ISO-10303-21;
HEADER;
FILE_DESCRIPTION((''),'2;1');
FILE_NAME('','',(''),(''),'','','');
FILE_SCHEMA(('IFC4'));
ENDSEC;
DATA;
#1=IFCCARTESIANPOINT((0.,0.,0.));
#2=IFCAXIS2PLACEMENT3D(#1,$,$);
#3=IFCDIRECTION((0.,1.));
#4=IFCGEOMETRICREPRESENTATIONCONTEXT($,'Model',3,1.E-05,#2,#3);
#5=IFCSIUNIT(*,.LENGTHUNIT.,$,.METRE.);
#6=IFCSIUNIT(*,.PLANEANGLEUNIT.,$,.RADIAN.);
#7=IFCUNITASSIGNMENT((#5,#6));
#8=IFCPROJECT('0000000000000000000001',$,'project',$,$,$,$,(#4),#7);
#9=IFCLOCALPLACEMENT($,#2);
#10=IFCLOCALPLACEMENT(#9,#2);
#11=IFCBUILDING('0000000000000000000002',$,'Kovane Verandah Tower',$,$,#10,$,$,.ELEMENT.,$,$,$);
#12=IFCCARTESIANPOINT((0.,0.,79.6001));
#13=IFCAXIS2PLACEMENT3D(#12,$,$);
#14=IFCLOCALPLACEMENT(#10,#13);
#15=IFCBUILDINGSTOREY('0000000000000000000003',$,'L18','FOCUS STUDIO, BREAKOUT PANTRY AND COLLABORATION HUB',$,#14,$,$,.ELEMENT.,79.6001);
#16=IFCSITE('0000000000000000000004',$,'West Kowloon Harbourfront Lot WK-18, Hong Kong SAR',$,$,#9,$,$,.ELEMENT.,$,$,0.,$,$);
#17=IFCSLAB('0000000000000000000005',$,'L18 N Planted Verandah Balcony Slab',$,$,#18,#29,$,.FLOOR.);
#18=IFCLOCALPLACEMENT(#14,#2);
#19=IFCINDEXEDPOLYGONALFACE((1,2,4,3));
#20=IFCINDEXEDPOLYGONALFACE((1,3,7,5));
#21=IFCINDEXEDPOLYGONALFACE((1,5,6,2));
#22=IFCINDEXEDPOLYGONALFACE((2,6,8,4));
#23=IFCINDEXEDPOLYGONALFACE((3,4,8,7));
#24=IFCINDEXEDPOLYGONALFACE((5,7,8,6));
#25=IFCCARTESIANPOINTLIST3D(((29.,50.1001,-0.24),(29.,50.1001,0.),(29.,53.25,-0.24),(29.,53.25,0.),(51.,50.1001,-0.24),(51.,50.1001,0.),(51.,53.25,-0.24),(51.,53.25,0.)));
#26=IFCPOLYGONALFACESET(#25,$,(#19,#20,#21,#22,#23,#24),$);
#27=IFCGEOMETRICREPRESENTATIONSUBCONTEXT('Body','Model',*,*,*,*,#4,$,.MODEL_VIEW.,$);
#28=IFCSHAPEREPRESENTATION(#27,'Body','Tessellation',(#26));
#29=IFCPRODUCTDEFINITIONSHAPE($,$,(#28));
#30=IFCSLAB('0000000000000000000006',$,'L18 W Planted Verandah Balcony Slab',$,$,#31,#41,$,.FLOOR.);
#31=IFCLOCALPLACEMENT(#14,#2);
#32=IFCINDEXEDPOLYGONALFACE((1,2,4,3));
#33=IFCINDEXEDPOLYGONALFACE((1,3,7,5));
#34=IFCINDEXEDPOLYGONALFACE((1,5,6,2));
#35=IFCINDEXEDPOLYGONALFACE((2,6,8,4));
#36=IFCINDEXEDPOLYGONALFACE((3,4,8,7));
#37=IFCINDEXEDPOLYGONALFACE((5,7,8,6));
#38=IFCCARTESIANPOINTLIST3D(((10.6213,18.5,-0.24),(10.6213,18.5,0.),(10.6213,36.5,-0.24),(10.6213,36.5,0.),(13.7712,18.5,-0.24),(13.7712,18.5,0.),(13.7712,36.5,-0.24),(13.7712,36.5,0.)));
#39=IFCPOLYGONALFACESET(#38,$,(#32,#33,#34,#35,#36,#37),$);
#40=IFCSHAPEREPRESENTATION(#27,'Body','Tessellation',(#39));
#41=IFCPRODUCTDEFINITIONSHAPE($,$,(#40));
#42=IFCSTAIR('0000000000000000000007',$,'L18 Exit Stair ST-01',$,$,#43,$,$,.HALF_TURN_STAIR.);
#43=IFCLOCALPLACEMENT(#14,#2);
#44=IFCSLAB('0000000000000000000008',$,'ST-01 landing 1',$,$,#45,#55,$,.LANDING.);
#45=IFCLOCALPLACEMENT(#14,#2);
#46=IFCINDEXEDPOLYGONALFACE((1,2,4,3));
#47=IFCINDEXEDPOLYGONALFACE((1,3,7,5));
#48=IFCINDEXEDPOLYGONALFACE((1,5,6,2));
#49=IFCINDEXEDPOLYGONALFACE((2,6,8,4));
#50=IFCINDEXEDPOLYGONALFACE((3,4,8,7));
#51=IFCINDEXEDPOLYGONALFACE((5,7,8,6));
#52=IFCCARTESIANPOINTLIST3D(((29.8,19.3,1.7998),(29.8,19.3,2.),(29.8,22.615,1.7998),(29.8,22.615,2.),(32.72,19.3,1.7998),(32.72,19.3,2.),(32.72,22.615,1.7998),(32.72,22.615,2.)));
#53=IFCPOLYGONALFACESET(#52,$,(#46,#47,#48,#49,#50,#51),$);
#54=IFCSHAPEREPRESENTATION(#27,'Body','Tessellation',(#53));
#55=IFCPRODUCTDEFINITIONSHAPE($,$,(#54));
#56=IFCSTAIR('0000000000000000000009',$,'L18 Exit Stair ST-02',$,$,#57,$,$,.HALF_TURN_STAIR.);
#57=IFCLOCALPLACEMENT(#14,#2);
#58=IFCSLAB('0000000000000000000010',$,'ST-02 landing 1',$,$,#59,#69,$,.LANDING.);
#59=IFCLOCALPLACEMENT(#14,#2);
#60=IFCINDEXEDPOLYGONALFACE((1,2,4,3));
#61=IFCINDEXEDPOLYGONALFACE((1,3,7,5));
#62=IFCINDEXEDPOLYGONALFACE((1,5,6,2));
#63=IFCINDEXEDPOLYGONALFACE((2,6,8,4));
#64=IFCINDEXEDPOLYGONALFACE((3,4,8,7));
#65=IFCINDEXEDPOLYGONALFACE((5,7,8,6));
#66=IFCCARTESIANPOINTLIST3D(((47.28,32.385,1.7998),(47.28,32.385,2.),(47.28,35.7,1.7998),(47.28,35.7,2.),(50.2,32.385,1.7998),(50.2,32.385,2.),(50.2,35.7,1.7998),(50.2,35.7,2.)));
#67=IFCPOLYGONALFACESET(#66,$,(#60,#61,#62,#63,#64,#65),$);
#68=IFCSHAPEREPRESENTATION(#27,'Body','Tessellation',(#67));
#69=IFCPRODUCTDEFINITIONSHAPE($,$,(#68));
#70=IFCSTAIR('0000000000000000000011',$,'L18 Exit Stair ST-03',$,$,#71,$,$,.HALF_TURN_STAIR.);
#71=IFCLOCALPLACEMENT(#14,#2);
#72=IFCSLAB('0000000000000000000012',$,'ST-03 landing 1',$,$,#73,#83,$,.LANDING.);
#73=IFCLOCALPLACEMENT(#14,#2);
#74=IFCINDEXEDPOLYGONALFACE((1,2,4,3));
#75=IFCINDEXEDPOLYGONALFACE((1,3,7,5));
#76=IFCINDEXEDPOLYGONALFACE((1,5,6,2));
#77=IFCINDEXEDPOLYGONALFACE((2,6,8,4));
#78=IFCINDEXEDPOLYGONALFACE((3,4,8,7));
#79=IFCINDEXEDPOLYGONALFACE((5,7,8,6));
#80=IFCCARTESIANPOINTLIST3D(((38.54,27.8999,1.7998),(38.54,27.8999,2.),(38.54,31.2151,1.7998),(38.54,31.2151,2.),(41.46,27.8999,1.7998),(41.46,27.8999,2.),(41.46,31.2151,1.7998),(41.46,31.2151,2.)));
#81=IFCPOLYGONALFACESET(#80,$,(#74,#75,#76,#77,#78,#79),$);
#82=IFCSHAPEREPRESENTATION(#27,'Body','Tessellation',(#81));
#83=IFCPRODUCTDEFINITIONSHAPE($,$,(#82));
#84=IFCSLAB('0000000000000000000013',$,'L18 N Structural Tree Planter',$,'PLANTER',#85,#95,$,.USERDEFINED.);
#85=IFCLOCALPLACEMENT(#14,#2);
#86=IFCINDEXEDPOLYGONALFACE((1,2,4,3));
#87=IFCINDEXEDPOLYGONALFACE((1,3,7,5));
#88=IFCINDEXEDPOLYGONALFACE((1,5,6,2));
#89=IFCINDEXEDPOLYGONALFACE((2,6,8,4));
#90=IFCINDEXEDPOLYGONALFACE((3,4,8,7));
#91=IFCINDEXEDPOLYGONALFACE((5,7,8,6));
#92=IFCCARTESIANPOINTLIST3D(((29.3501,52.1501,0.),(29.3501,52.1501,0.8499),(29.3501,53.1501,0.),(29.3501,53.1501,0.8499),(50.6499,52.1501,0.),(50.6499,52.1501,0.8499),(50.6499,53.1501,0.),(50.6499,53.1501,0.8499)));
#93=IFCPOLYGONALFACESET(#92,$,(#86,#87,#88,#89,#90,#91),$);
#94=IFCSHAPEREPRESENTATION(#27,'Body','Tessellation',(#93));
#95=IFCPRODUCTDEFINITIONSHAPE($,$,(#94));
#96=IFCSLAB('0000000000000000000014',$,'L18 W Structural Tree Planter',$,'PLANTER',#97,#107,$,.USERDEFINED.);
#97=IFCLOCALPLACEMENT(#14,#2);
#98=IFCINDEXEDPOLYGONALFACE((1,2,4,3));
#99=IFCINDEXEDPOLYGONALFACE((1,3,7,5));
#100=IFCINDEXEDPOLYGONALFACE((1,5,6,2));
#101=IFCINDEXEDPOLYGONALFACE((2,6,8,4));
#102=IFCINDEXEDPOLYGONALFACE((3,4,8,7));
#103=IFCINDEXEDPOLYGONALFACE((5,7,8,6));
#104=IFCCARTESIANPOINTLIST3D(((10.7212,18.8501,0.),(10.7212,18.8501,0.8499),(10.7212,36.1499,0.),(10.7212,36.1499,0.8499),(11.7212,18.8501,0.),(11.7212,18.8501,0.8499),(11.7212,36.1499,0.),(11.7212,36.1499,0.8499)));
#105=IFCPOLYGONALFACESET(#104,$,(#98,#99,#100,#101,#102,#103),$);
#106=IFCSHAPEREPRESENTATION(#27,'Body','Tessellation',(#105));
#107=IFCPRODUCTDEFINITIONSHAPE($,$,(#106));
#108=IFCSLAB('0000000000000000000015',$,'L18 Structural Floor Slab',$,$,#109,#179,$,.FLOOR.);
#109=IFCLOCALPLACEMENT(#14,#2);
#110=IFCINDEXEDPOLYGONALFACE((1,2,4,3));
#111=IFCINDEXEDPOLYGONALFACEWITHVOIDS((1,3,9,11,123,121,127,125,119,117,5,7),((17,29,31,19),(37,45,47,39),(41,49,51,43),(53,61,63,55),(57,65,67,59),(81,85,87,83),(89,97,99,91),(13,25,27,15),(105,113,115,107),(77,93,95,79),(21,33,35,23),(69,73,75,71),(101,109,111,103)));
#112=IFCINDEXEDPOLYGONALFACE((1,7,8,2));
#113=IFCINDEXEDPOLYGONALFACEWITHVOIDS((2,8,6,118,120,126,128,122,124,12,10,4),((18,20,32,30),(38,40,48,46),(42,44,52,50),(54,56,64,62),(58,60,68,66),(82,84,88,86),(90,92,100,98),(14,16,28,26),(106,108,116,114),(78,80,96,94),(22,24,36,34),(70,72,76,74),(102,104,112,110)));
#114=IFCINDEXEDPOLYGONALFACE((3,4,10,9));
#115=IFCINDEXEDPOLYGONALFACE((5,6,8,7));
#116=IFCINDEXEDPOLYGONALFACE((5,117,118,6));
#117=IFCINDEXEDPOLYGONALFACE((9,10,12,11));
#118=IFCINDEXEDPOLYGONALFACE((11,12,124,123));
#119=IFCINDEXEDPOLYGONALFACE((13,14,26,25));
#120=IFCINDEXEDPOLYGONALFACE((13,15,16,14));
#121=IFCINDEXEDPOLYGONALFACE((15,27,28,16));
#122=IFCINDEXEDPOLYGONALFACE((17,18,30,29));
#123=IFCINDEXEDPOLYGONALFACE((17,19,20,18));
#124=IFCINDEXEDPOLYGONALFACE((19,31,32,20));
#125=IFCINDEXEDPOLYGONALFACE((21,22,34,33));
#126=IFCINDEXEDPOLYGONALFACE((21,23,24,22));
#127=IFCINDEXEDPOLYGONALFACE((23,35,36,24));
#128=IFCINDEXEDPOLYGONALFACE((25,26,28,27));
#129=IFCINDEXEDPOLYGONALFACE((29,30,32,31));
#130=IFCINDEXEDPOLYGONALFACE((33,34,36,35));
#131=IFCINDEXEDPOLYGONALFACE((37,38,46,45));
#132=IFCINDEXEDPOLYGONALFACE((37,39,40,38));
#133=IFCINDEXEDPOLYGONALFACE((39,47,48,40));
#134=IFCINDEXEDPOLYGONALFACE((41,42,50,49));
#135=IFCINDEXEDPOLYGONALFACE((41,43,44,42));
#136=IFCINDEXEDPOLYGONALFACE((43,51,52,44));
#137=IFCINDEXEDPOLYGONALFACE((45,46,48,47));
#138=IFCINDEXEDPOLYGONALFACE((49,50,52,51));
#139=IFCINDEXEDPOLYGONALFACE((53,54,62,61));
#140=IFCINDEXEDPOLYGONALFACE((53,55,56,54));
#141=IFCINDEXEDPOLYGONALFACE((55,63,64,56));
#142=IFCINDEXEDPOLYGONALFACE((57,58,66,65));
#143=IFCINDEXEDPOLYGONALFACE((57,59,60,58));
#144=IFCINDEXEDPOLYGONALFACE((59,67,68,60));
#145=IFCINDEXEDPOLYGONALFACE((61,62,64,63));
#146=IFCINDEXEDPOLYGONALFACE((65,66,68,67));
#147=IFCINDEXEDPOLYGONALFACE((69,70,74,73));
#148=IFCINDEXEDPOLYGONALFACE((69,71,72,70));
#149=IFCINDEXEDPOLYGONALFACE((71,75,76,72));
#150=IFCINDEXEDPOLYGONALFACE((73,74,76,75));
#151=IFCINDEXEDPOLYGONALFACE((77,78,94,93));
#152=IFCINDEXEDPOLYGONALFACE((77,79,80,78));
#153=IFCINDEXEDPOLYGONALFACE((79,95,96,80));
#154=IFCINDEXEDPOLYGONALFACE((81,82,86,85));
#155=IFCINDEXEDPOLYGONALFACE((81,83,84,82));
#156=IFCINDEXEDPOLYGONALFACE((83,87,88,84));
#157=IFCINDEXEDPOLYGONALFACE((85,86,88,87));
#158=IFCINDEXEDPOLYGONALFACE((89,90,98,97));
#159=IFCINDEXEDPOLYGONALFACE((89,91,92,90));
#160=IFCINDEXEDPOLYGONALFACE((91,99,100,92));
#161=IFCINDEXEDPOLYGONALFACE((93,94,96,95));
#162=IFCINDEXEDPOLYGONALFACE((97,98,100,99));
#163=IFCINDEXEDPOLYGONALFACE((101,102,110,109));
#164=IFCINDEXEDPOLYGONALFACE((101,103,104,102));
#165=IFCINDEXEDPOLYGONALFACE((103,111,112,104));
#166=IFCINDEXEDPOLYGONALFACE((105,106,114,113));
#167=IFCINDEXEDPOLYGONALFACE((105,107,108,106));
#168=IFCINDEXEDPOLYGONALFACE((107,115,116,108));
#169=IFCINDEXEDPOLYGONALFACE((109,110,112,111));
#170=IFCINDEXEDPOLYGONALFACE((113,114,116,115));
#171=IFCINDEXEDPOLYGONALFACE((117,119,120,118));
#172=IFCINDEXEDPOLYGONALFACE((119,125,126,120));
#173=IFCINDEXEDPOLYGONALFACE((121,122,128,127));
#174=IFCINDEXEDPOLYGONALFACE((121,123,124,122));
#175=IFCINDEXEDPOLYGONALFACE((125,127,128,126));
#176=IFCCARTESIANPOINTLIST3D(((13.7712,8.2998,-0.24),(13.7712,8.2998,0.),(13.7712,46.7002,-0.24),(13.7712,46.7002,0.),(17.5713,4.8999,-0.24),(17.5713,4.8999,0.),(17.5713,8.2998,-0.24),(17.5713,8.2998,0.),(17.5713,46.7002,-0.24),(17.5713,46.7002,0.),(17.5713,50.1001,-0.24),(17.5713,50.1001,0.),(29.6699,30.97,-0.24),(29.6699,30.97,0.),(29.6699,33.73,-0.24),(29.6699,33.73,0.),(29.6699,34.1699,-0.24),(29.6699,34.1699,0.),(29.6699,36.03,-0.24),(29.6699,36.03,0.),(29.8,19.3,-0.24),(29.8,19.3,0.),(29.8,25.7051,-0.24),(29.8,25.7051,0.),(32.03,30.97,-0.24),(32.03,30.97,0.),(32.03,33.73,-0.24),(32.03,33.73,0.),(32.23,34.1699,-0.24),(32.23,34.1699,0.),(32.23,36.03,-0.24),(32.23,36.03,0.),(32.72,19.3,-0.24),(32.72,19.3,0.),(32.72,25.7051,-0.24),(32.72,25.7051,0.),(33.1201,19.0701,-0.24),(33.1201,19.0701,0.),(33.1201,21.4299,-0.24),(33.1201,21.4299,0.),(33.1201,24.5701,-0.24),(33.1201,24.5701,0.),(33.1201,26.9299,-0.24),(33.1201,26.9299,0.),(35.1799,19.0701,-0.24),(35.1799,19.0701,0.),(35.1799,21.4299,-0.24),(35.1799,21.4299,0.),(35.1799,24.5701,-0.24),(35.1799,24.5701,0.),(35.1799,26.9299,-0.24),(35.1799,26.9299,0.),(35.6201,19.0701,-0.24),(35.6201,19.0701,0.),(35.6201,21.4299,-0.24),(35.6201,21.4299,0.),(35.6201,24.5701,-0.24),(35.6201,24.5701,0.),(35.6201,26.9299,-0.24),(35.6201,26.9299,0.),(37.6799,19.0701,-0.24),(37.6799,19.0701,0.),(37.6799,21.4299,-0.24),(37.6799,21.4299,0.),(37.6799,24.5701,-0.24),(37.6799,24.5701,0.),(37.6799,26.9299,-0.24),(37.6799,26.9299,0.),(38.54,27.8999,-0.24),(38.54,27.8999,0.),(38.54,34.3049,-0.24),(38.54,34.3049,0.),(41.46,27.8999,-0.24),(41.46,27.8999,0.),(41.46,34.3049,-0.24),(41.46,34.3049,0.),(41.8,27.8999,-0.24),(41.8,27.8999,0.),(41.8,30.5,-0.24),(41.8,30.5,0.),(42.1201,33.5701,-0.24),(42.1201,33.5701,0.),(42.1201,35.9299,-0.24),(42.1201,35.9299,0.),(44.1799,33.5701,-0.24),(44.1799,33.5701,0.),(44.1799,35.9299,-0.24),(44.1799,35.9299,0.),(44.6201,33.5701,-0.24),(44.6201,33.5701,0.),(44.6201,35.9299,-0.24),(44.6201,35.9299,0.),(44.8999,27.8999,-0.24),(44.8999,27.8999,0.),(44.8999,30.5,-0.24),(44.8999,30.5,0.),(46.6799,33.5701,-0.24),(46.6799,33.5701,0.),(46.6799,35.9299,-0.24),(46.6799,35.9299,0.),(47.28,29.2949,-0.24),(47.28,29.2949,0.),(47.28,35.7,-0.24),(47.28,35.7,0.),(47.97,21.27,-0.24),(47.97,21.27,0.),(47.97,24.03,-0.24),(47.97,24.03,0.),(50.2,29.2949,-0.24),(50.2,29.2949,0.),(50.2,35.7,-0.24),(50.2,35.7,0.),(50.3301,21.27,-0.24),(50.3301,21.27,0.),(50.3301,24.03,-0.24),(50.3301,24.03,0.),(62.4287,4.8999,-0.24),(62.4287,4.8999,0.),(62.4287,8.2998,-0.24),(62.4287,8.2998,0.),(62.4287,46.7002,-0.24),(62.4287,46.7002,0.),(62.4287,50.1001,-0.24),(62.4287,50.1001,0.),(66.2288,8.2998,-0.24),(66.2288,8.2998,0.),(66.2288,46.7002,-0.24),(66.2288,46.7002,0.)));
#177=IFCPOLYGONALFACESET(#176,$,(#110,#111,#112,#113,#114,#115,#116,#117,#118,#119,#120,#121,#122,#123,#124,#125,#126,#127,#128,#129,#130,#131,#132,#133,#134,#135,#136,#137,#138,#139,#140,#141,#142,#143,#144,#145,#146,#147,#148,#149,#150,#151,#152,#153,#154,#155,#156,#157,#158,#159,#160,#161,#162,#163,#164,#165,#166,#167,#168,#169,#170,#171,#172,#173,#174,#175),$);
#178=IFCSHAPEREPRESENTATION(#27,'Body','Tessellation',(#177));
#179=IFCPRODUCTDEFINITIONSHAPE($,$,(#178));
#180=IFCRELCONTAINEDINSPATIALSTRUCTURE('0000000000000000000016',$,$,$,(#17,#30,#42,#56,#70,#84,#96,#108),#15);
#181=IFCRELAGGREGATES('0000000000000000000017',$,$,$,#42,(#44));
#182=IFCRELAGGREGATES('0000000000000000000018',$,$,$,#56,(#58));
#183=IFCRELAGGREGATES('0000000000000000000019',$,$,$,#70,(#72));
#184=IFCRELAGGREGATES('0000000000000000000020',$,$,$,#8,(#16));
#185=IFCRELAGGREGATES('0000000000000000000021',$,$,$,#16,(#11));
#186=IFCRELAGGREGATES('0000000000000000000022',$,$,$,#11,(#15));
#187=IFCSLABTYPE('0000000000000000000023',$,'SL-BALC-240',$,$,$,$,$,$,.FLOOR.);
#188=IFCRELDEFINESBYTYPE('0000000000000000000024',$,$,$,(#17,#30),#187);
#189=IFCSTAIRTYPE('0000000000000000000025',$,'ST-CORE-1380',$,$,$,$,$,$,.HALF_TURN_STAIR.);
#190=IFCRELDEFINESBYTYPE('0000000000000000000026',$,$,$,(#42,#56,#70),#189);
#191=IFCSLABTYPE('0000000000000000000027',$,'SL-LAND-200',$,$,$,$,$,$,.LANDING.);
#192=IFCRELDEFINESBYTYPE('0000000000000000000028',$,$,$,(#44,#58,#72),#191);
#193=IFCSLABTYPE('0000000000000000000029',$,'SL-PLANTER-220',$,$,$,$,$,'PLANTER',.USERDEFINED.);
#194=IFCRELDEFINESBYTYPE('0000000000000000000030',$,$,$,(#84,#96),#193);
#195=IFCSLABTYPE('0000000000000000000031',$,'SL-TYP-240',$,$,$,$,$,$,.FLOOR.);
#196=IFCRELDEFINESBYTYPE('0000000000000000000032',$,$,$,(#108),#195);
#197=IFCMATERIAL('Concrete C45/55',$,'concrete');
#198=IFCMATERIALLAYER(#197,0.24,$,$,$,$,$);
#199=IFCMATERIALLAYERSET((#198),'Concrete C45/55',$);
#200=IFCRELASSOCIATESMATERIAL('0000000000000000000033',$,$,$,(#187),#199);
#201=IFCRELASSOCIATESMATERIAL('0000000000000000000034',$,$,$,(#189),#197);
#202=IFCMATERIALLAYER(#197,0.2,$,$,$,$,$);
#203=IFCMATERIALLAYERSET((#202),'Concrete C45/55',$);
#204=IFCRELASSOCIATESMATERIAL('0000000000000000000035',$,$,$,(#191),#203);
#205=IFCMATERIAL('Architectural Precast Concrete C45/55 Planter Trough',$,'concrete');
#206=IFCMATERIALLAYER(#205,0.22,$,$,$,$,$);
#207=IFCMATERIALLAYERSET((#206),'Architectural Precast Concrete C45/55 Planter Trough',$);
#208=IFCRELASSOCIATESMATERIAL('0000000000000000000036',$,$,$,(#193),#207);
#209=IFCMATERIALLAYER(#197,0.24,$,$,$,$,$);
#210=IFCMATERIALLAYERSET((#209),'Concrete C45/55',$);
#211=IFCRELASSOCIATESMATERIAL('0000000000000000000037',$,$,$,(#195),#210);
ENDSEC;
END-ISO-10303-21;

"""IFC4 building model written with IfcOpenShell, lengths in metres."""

from ifc_helpers import new_model, si_unit, direction, frame, origin, place, context, subcontext, project, spatial, polyline, outline, extrude, material, layer, layer_set, type_object, element, aggregate, save


model = new_model("IFC4")

# Units and contexts
model_context = context("Model", 3, precision=1e-05, world=origin(), true_north=direction((0.0, 1.0)))
body_context = subcontext(model_context, "Body", "Model", "MODEL_VIEW")
ifc_project = project(units=[si_unit("LENGTHUNIT", "METRE"), si_unit("PLANEANGLEUNIT", "RADIAN")], contexts=[model_context])

# Site, building, storey
site_placement = place(None, origin())
site = spatial("IfcSite", under=ifc_project, at=site_placement, Name="West Kowloon Harbourfront Lot WK-18, Hong Kong SAR", CompositionType="ELEMENT", RefElevation=0.0)
building_placement = place(site_placement, origin())
building = spatial("IfcBuilding", under=site, at=building_placement, Name="Kovane Verandah Tower", CompositionType="ELEMENT")
storey_placement = place(building_placement, frame((0.0, 0.0, 79.6001)))
storey = spatial("IfcBuildingStorey", under=building, at=storey_placement, Name="L18", Description="FOCUS STUDIO, BREAKOUT PANTRY AND COLLABORATION HUB", CompositionType="ELEMENT", Elevation=79.6001)

# Slabs
ifc_material_1 = material(Name="Concrete C45/55", Category="concrete")
ifc_layer_1 = layer(ifc_material_1, 0.24)
ifc_layer_set_1 = layer_set([ifc_layer_1], Name="Concrete C45/55")
slab_type_1 = type_object("IfcSlabType", Name="SL-BALC-240", PredefinedType="FLOOR", material=ifc_layer_set_1)
slab_1_placement = place(storey_placement, frame((0.0, 0.0, -0.24)))
element("IfcSlab", 1, at=slab_1_placement, inside=storey, type_object=slab_type_1, Name="L18 N Planted Verandah Balcony Slab", PredefinedType="FLOOR", context=body_context, shape_type="SweptSolid", body=[
    extrude(outline(polyline([(29.0, 50.1001), (51.0, 50.1001), (51.0, 53.25), (29.0, 53.25), (29.0, 50.1001)])), origin(), (0.0, 0.0, 1.0), 0.24),
])
slab_2_placement = place(storey_placement, frame((0.0, 0.0, -0.24)))
element("IfcSlab", 2, at=slab_2_placement, inside=storey, type_object=slab_type_1, Name="L18 W Planted Verandah Balcony Slab", PredefinedType="FLOOR", context=body_context, shape_type="SweptSolid", body=[
    extrude(outline(polyline([(10.6213, 18.5), (13.7712, 18.5), (13.7712, 36.5), (10.6213, 36.5), (10.6213, 18.5)])), origin(), (0.0, 0.0, 1.0), 0.24),
])

# Stairs, slabs
stair_type = type_object("IfcStairType", Name="ST-CORE-1380", PredefinedType="HALF_TURN_STAIR", material=ifc_material_1)
stair_1_placement = place(storey_placement, origin())
stair_1 = element("IfcStair", 3, at=stair_1_placement, inside=storey, type_object=stair_type, Name="L18 Exit Stair ST-01", PredefinedType="HALF_TURN_STAIR")
ifc_layer_2 = layer(ifc_material_1, 0.2)
ifc_layer_set_2 = layer_set([ifc_layer_2], Name="Concrete C45/55")
slab_type_2 = type_object("IfcSlabType", Name="SL-LAND-200", PredefinedType="LANDING", material=ifc_layer_set_2)
slab_3_placement = place(storey_placement, frame((0.0, 0.0, 1.7998)))
slab_3 = element("IfcSlab", 4, at=slab_3_placement, type_object=slab_type_2, Name="ST-01 landing 1", PredefinedType="LANDING", context=body_context, shape_type="SweptSolid", body=[
    extrude(outline(polyline([(29.8, 22.615), (29.8, 19.3), (32.72, 19.3), (32.72, 22.615), (29.8, 22.615)])), origin(), (0.0, 0.0, 1.0), 0.2002),
])
aggregate(stair_1, [slab_3])
stair_2_placement = place(storey_placement, origin())
stair_2 = element("IfcStair", 5, at=stair_2_placement, inside=storey, type_object=stair_type, Name="L18 Exit Stair ST-02", PredefinedType="HALF_TURN_STAIR")
slab_4_placement = place(storey_placement, frame((0.0, 0.0, 1.7998)))
slab_4 = element("IfcSlab", 6, at=slab_4_placement, type_object=slab_type_2, Name="ST-02 landing 1", PredefinedType="LANDING", context=body_context, shape_type="SweptSolid", body=[
    extrude(outline(polyline([(50.2, 32.385), (50.2, 35.7), (47.28, 35.7), (47.28, 32.385), (50.2, 32.385)])), origin(), (0.0, 0.0, 1.0), 0.2002),
])
aggregate(stair_2, [slab_4])
stair_3_placement = place(storey_placement, origin())
stair_3 = element("IfcStair", 7, at=stair_3_placement, inside=storey, type_object=stair_type, Name="L18 Exit Stair ST-03", PredefinedType="HALF_TURN_STAIR")
slab_5_placement = place(storey_placement, frame((0.0, 0.0, 1.7998)))
slab_5 = element("IfcSlab", 8, at=slab_5_placement, type_object=slab_type_2, Name="ST-03 landing 1", PredefinedType="LANDING", context=body_context, shape_type="SweptSolid", body=[
    extrude(outline(polyline([(38.54, 31.2151), (38.54, 27.8999), (41.46, 27.8999), (41.46, 31.2151), (38.54, 31.2151)])), origin(), (0.0, 0.0, 1.0), 0.2002),
])
aggregate(stair_3, [slab_5])

# Slabs
ifc_material_2 = material(Name="Architectural Precast Concrete C45/55 Planter Trough", Category="concrete")
ifc_layer_3 = layer(ifc_material_2, 0.22)
ifc_layer_set_3 = layer_set([ifc_layer_3], Name="Architectural Precast Concrete C45/55 Planter Trough")
slab_type_3 = type_object("IfcSlabType", Name="SL-PLANTER-220", ElementType="PLANTER", PredefinedType="USERDEFINED", material=ifc_layer_set_3)
slab_6_placement = place(storey_placement, origin())
element("IfcSlab", 9, at=slab_6_placement, inside=storey, type_object=slab_type_3, Name="L18 N Structural Tree Planter", ObjectType="PLANTER", PredefinedType="USERDEFINED", context=body_context, shape_type="SweptSolid", body=[
    extrude(outline(polyline([(29.3501, 52.1501), (50.6499, 52.1501), (50.6499, 53.1501), (29.3501, 53.1501), (29.3501, 52.1501)])), origin(), (0.0, 0.0, 1.0), 0.8499),
])
slab_7_placement = place(storey_placement, origin())
element("IfcSlab", 10, at=slab_7_placement, inside=storey, type_object=slab_type_3, Name="L18 W Structural Tree Planter", ObjectType="PLANTER", PredefinedType="USERDEFINED", context=body_context, shape_type="SweptSolid", body=[
    extrude(outline(polyline([(10.7212, 18.8501), (11.7212, 18.8501), (11.7212, 36.1499), (10.7212, 36.1499), (10.7212, 18.8501)])), origin(), (0.0, 0.0, 1.0), 0.8499),
])
ifc_layer_4 = layer(ifc_material_1, 0.24)
ifc_layer_set_4 = layer_set([ifc_layer_4], Name="Concrete C45/55")
slab_type_4 = type_object("IfcSlabType", Name="SL-TYP-240", PredefinedType="FLOOR", material=ifc_layer_set_4)
slab_8_placement = place(storey_placement, frame((0.0, 0.0, -0.24)))
element("IfcSlab", 11, at=slab_8_placement, inside=storey, type_object=slab_type_4, Name="L18 Structural Floor Slab", PredefinedType="FLOOR", context=body_context, shape_type="SweptSolid", body=[
    extrude(outline(polyline([(17.5713, 4.8999), (62.4287, 4.8999), (62.4287, 8.2998), (66.2288, 8.2998), (66.2288, 46.7002), (62.4287, 46.7002), (62.4287, 50.1001), (17.5713, 50.1001), (17.5713, 46.7002), (13.7712, 46.7002), (13.7712, 8.2998), (17.5713, 8.2998), (17.5713, 4.8999)]), holes=[polyline([(29.8, 19.3), (32.72, 19.3), (32.72, 25.7051), (29.8, 25.7051), (29.8, 19.3)]), polyline([(47.28, 29.2949), (50.2, 29.2949), (50.2, 35.7), (47.28, 35.7), (47.28, 29.2949)]), polyline([(38.54, 27.8999), (41.46, 27.8999), (41.46, 34.3049), (38.54, 34.3049), (38.54, 27.8999)]), polyline([(29.6699, 30.97), (32.03, 30.97), (32.03, 33.73), (29.6699, 33.73), (29.6699, 30.97)]), polyline([(47.97, 21.27), (50.3301, 21.27), (50.3301, 24.03), (47.97, 24.03), (47.97, 21.27)]), polyline([(29.6699, 34.1699), (32.23, 34.1699), (32.23, 36.03), (29.6699, 36.03), (29.6699, 34.1699)]), polyline([(33.1201, 19.0701), (35.1799, 19.0701), (35.1799, 21.4299), (33.1201, 21.4299), (33.1201, 19.0701)]), polyline([(35.6201, 19.0701), (37.6799, 19.0701), (37.6799, 21.4299), (35.6201, 21.4299), (35.6201, 19.0701)]), polyline([(33.1201, 24.5701), (35.1799, 24.5701), (35.1799, 26.9299), (33.1201, 26.9299), (33.1201, 24.5701)]), polyline([(35.6201, 24.5701), (37.6799, 24.5701), (37.6799, 26.9299), (35.6201, 26.9299), (35.6201, 24.5701)]), polyline([(42.1201, 33.5701), (44.1799, 33.5701), (44.1799, 35.9299), (42.1201, 35.9299), (42.1201, 33.5701)]), polyline([(44.6201, 33.5701), (46.6799, 33.5701), (46.6799, 35.9299), (44.6201, 35.9299), (44.6201, 33.5701)]), polyline([(41.8, 27.8999), (44.8999, 27.8999), (44.8999, 30.5), (41.8, 30.5), (41.8, 27.8999)])]), origin(), (0.0, 0.0, 1.0), 0.24),
])

save(model, "model.ifc")
